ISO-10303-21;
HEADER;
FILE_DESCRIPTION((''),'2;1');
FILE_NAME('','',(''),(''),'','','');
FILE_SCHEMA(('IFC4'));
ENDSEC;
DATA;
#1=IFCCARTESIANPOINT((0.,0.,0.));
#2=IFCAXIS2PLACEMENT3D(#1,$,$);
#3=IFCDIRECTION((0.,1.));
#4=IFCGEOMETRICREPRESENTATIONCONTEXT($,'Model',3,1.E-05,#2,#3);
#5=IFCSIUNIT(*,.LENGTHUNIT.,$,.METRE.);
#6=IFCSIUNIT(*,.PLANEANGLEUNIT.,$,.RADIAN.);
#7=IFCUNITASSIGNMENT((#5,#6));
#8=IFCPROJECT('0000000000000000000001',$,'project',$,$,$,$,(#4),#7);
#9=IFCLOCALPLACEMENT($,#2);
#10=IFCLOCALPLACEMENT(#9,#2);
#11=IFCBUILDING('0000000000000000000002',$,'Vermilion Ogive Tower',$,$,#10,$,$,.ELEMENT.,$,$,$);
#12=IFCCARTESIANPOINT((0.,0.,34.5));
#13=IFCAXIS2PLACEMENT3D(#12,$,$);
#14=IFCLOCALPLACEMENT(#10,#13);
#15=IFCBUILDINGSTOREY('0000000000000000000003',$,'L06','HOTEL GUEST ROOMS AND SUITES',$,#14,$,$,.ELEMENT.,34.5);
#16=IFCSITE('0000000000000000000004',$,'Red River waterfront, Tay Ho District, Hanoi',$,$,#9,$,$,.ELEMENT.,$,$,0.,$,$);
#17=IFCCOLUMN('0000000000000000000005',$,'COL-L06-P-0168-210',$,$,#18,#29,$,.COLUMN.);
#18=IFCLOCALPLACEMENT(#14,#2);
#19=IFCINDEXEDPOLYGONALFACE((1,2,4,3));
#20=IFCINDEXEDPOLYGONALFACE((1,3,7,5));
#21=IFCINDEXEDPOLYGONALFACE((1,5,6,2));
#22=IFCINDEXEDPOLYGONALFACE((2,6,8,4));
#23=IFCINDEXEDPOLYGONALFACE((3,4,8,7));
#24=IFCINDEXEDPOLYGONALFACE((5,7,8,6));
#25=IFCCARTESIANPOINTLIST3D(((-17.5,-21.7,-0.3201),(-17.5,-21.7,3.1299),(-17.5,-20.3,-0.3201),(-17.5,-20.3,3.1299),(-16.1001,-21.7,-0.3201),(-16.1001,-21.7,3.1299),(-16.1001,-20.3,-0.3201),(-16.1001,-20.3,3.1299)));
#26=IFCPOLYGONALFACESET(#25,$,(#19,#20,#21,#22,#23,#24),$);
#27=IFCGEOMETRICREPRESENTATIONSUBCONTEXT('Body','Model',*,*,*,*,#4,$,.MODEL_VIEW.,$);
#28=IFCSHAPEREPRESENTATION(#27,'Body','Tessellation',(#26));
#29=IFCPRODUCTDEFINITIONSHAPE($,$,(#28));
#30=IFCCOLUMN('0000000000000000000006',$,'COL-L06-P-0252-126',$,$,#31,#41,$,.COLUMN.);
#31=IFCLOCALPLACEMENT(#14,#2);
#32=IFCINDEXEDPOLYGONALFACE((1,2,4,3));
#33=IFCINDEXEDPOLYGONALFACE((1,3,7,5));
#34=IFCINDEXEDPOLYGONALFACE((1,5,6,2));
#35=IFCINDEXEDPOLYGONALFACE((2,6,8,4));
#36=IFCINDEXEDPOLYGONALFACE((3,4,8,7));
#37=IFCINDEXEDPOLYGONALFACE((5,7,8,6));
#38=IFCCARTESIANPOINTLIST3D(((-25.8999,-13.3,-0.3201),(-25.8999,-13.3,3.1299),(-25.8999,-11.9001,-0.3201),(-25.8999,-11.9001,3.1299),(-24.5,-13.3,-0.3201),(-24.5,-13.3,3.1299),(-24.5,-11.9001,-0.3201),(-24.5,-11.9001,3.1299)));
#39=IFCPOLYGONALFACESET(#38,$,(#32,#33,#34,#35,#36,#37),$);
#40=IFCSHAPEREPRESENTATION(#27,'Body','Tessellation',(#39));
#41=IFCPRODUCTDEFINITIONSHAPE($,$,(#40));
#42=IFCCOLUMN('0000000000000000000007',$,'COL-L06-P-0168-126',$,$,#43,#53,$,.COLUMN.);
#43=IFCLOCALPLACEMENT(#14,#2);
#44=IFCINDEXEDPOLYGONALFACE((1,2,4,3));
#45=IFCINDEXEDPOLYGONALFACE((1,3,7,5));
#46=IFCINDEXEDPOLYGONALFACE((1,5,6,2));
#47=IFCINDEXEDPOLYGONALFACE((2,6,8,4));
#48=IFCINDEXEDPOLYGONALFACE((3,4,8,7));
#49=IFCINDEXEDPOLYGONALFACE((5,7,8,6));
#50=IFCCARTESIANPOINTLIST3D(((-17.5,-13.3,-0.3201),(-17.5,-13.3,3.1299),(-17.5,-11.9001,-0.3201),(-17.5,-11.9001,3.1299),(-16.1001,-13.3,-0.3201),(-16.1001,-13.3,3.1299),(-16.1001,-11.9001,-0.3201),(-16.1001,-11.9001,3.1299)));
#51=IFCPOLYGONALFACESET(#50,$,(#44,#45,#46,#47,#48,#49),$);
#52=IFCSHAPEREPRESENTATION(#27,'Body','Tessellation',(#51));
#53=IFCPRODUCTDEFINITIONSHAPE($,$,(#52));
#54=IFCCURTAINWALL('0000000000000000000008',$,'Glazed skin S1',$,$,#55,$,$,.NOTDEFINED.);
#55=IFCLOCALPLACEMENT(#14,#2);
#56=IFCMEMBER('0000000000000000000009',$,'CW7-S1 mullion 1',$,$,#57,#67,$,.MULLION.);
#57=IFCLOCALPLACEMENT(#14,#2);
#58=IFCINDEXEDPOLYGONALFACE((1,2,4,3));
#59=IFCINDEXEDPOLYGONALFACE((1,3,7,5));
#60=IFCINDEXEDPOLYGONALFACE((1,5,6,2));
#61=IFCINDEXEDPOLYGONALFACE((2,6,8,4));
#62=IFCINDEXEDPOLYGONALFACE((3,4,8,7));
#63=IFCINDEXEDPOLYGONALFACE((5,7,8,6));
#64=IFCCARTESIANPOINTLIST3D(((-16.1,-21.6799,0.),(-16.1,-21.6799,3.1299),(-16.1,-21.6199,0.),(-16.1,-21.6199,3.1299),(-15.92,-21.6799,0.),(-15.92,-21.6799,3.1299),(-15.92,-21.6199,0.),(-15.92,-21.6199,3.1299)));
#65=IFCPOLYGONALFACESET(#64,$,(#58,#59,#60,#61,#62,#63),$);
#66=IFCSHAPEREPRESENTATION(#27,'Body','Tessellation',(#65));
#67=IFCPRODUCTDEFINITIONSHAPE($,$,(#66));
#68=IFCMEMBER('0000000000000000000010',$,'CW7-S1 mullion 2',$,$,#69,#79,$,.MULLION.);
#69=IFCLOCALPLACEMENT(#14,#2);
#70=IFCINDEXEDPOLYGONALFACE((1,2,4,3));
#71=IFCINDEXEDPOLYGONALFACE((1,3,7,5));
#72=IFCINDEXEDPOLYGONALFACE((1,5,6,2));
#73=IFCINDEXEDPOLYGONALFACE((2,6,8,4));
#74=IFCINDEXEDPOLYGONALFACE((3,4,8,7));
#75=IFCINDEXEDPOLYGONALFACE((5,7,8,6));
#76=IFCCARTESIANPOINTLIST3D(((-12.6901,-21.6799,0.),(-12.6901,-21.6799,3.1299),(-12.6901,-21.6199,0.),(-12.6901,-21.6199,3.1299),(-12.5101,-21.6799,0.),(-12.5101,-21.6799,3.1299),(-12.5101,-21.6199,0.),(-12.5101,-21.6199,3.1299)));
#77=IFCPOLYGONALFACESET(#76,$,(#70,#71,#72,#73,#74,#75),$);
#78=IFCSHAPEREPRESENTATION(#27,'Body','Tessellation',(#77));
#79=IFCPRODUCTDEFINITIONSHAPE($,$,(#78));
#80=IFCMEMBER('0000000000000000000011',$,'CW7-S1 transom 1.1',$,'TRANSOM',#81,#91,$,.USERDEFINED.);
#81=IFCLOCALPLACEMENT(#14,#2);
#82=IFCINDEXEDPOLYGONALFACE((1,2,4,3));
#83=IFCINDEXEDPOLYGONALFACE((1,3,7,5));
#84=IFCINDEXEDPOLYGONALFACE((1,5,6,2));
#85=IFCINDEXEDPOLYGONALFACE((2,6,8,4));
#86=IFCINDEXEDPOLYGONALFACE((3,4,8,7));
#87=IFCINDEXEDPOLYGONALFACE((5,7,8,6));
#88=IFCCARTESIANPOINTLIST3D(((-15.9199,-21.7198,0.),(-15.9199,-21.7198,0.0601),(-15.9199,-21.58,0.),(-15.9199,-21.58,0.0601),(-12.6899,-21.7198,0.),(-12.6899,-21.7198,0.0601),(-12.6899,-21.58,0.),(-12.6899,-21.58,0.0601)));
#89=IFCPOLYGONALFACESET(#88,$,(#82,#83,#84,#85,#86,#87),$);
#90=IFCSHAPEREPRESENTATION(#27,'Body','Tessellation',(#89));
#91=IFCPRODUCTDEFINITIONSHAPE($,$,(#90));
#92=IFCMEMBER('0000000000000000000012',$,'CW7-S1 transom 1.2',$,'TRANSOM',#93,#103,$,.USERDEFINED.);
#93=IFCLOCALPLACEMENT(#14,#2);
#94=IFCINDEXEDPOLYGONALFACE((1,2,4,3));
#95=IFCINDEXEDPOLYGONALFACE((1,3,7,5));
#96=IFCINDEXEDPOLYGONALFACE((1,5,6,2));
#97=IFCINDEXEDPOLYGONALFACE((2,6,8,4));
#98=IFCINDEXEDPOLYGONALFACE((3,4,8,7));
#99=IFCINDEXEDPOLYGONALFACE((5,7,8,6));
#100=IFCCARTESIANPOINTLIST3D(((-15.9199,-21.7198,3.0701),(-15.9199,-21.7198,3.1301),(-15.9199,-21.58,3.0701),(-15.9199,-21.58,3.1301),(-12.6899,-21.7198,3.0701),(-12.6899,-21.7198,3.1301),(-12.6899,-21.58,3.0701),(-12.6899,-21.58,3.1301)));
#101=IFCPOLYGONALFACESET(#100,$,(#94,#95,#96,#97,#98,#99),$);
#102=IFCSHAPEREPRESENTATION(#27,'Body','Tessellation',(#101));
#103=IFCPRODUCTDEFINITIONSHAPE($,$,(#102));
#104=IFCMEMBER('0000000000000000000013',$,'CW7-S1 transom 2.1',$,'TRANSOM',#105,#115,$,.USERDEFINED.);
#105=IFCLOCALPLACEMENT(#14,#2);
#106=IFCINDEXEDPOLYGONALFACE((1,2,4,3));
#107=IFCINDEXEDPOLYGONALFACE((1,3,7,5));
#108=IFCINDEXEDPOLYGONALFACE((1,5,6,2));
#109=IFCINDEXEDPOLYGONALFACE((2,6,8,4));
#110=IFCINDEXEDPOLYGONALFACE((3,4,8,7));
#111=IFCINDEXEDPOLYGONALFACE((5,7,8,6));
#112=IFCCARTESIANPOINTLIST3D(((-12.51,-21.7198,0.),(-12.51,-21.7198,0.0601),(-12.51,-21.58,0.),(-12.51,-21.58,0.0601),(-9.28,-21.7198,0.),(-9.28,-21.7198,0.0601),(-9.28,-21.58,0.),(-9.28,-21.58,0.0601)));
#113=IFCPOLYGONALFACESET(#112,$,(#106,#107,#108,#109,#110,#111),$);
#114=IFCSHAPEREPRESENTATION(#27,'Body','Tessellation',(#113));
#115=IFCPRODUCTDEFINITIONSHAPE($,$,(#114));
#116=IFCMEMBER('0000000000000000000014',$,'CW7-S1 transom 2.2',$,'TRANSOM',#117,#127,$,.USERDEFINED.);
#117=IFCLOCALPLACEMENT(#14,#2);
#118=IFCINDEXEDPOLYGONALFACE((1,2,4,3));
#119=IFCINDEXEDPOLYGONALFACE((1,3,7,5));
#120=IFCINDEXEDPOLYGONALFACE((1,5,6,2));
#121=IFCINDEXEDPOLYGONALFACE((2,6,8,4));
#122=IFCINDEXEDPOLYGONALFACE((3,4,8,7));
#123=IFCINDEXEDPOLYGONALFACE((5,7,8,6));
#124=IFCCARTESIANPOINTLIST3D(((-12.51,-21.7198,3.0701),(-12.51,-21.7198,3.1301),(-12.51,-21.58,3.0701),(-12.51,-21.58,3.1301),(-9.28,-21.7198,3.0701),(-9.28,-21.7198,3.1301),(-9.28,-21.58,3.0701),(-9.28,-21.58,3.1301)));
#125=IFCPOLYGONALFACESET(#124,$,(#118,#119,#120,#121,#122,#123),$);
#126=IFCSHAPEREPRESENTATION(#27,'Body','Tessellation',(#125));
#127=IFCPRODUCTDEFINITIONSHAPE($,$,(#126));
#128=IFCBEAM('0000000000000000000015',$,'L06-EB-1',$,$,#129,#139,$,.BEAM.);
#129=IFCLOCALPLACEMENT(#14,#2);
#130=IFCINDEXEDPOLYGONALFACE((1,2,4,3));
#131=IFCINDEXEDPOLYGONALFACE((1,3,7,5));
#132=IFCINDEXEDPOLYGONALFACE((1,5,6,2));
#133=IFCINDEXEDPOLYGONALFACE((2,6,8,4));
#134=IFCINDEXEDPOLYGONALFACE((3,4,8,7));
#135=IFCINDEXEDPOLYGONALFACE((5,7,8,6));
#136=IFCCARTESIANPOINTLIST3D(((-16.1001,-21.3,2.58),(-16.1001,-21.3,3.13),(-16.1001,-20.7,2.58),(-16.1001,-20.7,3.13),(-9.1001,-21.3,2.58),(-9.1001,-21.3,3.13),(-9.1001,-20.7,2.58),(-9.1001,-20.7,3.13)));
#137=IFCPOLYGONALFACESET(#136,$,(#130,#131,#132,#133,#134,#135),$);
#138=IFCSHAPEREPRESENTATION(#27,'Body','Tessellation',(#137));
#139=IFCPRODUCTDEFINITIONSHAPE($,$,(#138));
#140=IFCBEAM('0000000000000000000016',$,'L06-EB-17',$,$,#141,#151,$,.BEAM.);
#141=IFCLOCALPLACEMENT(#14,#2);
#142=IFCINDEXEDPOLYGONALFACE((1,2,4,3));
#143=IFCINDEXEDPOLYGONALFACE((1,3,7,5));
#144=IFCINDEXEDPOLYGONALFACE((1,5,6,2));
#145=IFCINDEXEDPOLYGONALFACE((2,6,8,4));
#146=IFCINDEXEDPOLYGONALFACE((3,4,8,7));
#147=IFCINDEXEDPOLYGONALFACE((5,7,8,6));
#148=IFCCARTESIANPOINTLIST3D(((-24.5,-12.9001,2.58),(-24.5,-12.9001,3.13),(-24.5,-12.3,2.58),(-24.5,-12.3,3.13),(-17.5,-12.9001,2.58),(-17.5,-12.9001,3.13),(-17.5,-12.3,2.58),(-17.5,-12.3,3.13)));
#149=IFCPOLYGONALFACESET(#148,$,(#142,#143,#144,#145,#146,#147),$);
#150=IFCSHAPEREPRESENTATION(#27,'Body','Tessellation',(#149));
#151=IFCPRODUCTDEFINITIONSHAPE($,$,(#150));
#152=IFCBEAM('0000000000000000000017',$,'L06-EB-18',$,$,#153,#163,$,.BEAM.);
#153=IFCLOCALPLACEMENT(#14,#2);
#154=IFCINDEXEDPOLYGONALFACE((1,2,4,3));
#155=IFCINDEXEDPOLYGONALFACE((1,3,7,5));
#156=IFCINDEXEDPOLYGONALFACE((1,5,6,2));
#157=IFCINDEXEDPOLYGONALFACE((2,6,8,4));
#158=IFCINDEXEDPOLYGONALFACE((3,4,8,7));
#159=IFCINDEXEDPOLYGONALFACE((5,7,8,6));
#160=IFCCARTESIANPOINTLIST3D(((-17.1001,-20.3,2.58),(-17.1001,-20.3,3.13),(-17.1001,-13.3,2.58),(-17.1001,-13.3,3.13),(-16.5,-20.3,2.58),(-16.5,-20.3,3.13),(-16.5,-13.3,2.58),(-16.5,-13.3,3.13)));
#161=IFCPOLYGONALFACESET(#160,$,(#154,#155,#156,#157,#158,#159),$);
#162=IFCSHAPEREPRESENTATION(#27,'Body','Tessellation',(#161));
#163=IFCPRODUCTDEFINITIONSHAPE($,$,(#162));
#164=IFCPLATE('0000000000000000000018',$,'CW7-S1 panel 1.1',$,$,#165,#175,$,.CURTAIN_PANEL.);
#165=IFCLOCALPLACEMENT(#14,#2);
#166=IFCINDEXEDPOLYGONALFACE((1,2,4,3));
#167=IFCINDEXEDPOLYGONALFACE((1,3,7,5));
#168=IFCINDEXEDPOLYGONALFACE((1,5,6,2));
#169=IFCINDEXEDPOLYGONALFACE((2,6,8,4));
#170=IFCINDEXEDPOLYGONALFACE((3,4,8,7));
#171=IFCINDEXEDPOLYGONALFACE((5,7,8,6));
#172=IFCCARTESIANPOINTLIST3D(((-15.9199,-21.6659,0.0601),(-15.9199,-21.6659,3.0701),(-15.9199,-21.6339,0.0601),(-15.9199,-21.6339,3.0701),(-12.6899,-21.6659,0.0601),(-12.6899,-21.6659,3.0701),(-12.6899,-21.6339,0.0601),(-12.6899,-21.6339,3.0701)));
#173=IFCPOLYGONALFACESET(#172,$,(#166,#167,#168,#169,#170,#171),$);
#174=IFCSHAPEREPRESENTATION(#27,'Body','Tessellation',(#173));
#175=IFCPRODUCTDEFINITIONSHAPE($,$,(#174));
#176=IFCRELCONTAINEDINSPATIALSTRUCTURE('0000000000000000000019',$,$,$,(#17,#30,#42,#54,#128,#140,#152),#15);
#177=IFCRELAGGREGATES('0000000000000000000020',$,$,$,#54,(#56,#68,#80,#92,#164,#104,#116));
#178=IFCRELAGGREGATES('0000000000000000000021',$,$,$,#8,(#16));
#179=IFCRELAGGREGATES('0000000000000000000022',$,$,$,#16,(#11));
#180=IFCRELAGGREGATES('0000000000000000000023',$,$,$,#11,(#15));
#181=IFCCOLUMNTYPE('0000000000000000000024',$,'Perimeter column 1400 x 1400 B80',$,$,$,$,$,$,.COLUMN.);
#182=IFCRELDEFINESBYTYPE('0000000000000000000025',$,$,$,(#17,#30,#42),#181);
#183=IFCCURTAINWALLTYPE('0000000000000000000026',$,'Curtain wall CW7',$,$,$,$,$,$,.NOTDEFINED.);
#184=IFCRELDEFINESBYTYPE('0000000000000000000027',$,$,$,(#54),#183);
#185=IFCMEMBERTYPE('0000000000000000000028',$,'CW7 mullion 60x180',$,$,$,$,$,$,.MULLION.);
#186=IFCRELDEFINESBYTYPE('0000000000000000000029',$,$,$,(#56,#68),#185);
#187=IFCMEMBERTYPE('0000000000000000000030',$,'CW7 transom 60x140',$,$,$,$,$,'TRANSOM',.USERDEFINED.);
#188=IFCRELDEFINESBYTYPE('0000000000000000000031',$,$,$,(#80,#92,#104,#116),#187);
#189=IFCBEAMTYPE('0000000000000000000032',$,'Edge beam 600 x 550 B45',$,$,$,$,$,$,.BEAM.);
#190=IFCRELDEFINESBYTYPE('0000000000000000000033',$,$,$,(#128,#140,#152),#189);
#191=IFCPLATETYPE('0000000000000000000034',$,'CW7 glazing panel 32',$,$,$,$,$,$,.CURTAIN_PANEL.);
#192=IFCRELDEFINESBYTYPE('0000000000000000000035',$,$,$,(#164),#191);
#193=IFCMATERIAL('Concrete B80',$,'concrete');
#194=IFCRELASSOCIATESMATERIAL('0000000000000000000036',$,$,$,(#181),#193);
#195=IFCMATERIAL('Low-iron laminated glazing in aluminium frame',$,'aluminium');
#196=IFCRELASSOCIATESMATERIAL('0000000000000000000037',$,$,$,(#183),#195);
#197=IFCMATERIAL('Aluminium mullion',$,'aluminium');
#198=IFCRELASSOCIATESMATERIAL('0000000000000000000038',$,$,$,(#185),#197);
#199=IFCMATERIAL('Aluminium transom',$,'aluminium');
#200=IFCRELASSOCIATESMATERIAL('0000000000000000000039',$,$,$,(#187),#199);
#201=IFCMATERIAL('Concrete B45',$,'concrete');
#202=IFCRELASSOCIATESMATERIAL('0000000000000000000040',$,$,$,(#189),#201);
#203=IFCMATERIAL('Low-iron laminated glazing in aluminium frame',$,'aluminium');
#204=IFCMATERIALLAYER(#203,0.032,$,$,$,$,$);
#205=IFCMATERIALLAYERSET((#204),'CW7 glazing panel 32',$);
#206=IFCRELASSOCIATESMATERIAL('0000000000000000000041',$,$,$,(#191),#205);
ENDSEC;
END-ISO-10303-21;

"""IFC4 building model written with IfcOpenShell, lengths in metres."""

from ifc_helpers import new_model, si_unit, direction, frame, origin, origin_2d, place, context, subcontext, project, spatial, rectangle, extrude, material, layer, layer_set, material_profile, profile_set, type_object, element, aggregate, save


model = new_model("IFC4")

# Units and contexts
model_context = context("Model", 3, precision=1e-05, world=origin(), true_north=direction((0.0, 1.0)))
body_context = subcontext(model_context, "Body", "Model", "MODEL_VIEW")
ifc_project = project(units=[si_unit("LENGTHUNIT", "METRE"), si_unit("PLANEANGLEUNIT", "RADIAN")], contexts=[model_context])

# Site, building, storey
site_placement = place(None, origin())
site = spatial("IfcSite", under=ifc_project, at=site_placement, Name="Red River waterfront, Tay Ho District, Hanoi", CompositionType="ELEMENT", RefElevation=0.0)
building_placement = place(site_placement, origin())
building = spatial("IfcBuilding", under=site, at=building_placement, Name="Vermilion Ogive Tower", CompositionType="ELEMENT")
storey_placement = place(building_placement, frame((0.0, 0.0, 34.5)))
storey = spatial("IfcBuildingStorey", under=building, at=storey_placement, Name="L06", Description="HOTEL GUEST ROOMS AND SUITES", CompositionType="ELEMENT", Elevation=34.5)

# Columns
ifc_material_1 = material(Name="Concrete B80", Category="concrete")
ifc_material_profile_1 = material_profile(ifc_material_1, rectangle(XDim=1.3999, YDim=1.3999, at=origin_2d()), Name="1400 x 1400")
ifc_profile_set_1 = profile_set([ifc_material_profile_1], Name="Concrete B80")
column_type = type_object("IfcColumnType", Name="Perimeter column 1400 x 1400 B80", PredefinedType="COLUMN", material=ifc_profile_set_1)
for number, where, z_axis, x_axis, name in (
    (1, (-16.8, -21.0, -0.3201), (0.0, 0.0, 1.0), (1.0, 0.0, 0.0), "COL-L06-P-0168-210"),
    (2, (-25.2, -12.6001, -0.3201), (0.0, 0.0, 1.0), (1.0, 0.0, 0.0), "COL-L06-P-0252-126"),
    (3, (-16.8, -12.6001, -0.3201), (0.0, 0.0, 1.0), (1.0, 0.0, 0.0), "COL-L06-P-0168-126"),
):
    element("IfcColumn", number, at=place(storey_placement, frame(where, z_axis=z_axis, x_axis=x_axis)), inside=storey, type_object=column_type, Name=name, PredefinedType="COLUMN", context=body_context, shape_type="SweptSolid", body=[
        extrude(rectangle(XDim=1.3999, YDim=1.3999, at=origin_2d()), origin(), (0.0, 0.0, 1.0), 3.45),
    ])

# Curtain wall, members
ifc_material_2 = material(Name="Low-iron laminated glazing in aluminium frame", Category="aluminium")
curtain_wall_type = type_object("IfcCurtainWallType", Name="Curtain wall CW7", PredefinedType="NOTDEFINED", material=ifc_material_2)
curtain_wall_placement = place(storey_placement, origin())
curtain_wall = element("IfcCurtainWall", 4, at=curtain_wall_placement, inside=storey, type_object=curtain_wall_type, Name="Glazed skin S1", PredefinedType="NOTDEFINED")
ifc_material_3 = material(Name="Aluminium mullion", Category="aluminium")
ifc_material_profile_2 = material_profile(ifc_material_3, rectangle(XDim=0.0601, YDim=0.1799, at=origin_2d()), Name="AL 60x180")
ifc_profile_set_2 = profile_set([ifc_material_profile_2], Name="Aluminium mullion")
member_type_1 = type_object("IfcMemberType", Name="CW7 mullion 60x180", PredefinedType="MULLION", material=ifc_profile_set_2)
member_1_placement = place(storey_placement, frame((-16.01, -21.6499, 0.0), z_axis=(0.0, 0.0, 1.0), x_axis=(0.0, 1.0, 0.0)))
member_1 = element("IfcMember", 5, at=member_1_placement, type_object=member_type_1, Name="CW7-S1 mullion 1", PredefinedType="MULLION", context=body_context, shape_type="SweptSolid", body=[
    extrude(rectangle(XDim=0.0601, YDim=0.1799, at=origin_2d()), origin(), (0.0, 0.0, 1.0), 3.1299),
])
member_2_placement = place(storey_placement, frame((-12.6001, -21.6499, 0.0), z_axis=(0.0, 0.0, 1.0), x_axis=(0.0, 1.0, 0.0)))
member_2 = element("IfcMember", 6, at=member_2_placement, type_object=member_type_1, Name="CW7-S1 mullion 2", PredefinedType="MULLION", context=body_context, shape_type="SweptSolid", body=[
    extrude(rectangle(XDim=0.0601, YDim=0.1799, at=origin_2d()), origin(), (0.0, 0.0, 1.0), 3.1299),
])
ifc_material_4 = material(Name="Aluminium transom", Category="aluminium")
ifc_material_profile_3 = material_profile(ifc_material_4, rectangle(XDim=0.1399, YDim=0.0601, at=origin_2d()), Name="AL 60x140")
ifc_profile_set_3 = profile_set([ifc_material_profile_3], Name="Aluminium transom")
member_type_2 = type_object("IfcMemberType", Name="CW7 transom 60x140", ElementType="TRANSOM", PredefinedType="USERDEFINED", material=ifc_profile_set_3)
member_3_placement = place(storey_placement, frame((-15.9199, -21.6499, 0.03), z_axis=(1.0, 0.0, 0.0), x_axis=(0.0, 1.0, 0.0)))
member_3 = element("IfcMember", 7, at=member_3_placement, type_object=member_type_2, Name="CW7-S1 transom 1.1", ObjectType="TRANSOM", PredefinedType="USERDEFINED", context=body_context, shape_type="SweptSolid", body=[
    extrude(rectangle(XDim=0.1399, YDim=0.0601, at=origin_2d()), origin(), (0.0, 0.0, 1.0), 3.23),
])
member_4_placement = place(storey_placement, frame((-15.9199, -21.6499, 3.1001), z_axis=(1.0, 0.0, 0.0), x_axis=(0.0, 1.0, 0.0)))
member_4 = element("IfcMember", 8, at=member_4_placement, type_object=member_type_2, Name="CW7-S1 transom 1.2", ObjectType="TRANSOM", PredefinedType="USERDEFINED", context=body_context, shape_type="SweptSolid", body=[
    extrude(rectangle(XDim=0.1399, YDim=0.0601, at=origin_2d()), origin(), (0.0, 0.0, 1.0), 3.23),
])
member_5_placement = place(storey_placement, frame((-12.51, -21.6499, 0.03), z_axis=(1.0, 0.0, 0.0), x_axis=(0.0, 1.0, 0.0)))
member_5 = element("IfcMember", 9, at=member_5_placement, type_object=member_type_2, Name="CW7-S1 transom 2.1", ObjectType="TRANSOM", PredefinedType="USERDEFINED", context=body_context, shape_type="SweptSolid", body=[
    extrude(rectangle(XDim=0.1399, YDim=0.0601, at=origin_2d()), origin(), (0.0, 0.0, 1.0), 3.23),
])
member_6_placement = place(storey_placement, frame((-12.51, -21.6499, 3.1001), z_axis=(1.0, 0.0, 0.0), x_axis=(0.0, 1.0, 0.0)))
member_6 = element("IfcMember", 10, at=member_6_placement, type_object=member_type_2, Name="CW7-S1 transom 2.2", ObjectType="TRANSOM", PredefinedType="USERDEFINED", context=body_context, shape_type="SweptSolid", body=[
    extrude(rectangle(XDim=0.1399, YDim=0.0601, at=origin_2d()), origin(), (0.0, 0.0, 1.0), 3.23),
])

# Beams
ifc_material_5 = material(Name="Concrete B45", Category="concrete")
ifc_material_profile_4 = material_profile(ifc_material_5, rectangle(XDim=0.6001, YDim=0.55, at=origin_2d()), Name="600 x 550")
ifc_profile_set_4 = profile_set([ifc_material_profile_4], Name="Concrete B45")
beam_type = type_object("IfcBeamType", Name="Edge beam 600 x 550 B45", PredefinedType="BEAM", material=ifc_profile_set_4)
for number, where, z_axis, x_axis, name in (
    (11, (-16.1001, -21.0, 2.855), (1.0, 0.0, 0.0), (0.0, 1.0, 0.0), "L06-EB-1"),
    (12, (-24.5, -12.6001, 2.855), (1.0, 0.0, 0.0), (0.0, 1.0, 0.0), "L06-EB-17"),
    (13, (-16.8, -13.3, 2.855), (0.0, -1.0, 0.0), (1.0, 0.0, 0.0), "L06-EB-18"),
):
    element("IfcBeam", number, at=place(storey_placement, frame(where, z_axis=z_axis, x_axis=x_axis)), inside=storey, type_object=beam_type, Name=name, PredefinedType="BEAM", context=body_context, shape_type="SweptSolid", body=[
        extrude(rectangle(XDim=0.6001, YDim=0.55, at=origin_2d()), origin(), (0.0, 0.0, 1.0), 7.0),
    ])

# Plate
ifc_material_6 = material(Name="Low-iron laminated glazing in aluminium frame", Category="aluminium")
ifc_layer_1 = layer(ifc_material_6, 0.032)
ifc_layer_set_1 = layer_set([ifc_layer_1], Name="CW7 glazing panel 32")
plate_type = type_object("IfcPlateType", Name="CW7 glazing panel 32", PredefinedType="CURTAIN_PANEL", material=ifc_layer_set_1)
plate_placement = place(storey_placement, frame((-14.3049, -21.6499, 0.0601), z_axis=(0.0, 0.0, 1.0), x_axis=(1.0, 0.0, 0.0)))
plate = element("IfcPlate", 14, at=plate_placement, type_object=plate_type, Name="CW7-S1 panel 1.1", PredefinedType="CURTAIN_PANEL", context=body_context, shape_type="SweptSolid", body=[
    extrude(rectangle(XDim=3.23, YDim=0.032, at=origin_2d()), origin(), (0.0, 0.0, 1.0), 3.01),
])
aggregate(curtain_wall, [member_1, member_2, member_3, member_4, plate, member_5, member_6])

save(model, "model.ifc")
